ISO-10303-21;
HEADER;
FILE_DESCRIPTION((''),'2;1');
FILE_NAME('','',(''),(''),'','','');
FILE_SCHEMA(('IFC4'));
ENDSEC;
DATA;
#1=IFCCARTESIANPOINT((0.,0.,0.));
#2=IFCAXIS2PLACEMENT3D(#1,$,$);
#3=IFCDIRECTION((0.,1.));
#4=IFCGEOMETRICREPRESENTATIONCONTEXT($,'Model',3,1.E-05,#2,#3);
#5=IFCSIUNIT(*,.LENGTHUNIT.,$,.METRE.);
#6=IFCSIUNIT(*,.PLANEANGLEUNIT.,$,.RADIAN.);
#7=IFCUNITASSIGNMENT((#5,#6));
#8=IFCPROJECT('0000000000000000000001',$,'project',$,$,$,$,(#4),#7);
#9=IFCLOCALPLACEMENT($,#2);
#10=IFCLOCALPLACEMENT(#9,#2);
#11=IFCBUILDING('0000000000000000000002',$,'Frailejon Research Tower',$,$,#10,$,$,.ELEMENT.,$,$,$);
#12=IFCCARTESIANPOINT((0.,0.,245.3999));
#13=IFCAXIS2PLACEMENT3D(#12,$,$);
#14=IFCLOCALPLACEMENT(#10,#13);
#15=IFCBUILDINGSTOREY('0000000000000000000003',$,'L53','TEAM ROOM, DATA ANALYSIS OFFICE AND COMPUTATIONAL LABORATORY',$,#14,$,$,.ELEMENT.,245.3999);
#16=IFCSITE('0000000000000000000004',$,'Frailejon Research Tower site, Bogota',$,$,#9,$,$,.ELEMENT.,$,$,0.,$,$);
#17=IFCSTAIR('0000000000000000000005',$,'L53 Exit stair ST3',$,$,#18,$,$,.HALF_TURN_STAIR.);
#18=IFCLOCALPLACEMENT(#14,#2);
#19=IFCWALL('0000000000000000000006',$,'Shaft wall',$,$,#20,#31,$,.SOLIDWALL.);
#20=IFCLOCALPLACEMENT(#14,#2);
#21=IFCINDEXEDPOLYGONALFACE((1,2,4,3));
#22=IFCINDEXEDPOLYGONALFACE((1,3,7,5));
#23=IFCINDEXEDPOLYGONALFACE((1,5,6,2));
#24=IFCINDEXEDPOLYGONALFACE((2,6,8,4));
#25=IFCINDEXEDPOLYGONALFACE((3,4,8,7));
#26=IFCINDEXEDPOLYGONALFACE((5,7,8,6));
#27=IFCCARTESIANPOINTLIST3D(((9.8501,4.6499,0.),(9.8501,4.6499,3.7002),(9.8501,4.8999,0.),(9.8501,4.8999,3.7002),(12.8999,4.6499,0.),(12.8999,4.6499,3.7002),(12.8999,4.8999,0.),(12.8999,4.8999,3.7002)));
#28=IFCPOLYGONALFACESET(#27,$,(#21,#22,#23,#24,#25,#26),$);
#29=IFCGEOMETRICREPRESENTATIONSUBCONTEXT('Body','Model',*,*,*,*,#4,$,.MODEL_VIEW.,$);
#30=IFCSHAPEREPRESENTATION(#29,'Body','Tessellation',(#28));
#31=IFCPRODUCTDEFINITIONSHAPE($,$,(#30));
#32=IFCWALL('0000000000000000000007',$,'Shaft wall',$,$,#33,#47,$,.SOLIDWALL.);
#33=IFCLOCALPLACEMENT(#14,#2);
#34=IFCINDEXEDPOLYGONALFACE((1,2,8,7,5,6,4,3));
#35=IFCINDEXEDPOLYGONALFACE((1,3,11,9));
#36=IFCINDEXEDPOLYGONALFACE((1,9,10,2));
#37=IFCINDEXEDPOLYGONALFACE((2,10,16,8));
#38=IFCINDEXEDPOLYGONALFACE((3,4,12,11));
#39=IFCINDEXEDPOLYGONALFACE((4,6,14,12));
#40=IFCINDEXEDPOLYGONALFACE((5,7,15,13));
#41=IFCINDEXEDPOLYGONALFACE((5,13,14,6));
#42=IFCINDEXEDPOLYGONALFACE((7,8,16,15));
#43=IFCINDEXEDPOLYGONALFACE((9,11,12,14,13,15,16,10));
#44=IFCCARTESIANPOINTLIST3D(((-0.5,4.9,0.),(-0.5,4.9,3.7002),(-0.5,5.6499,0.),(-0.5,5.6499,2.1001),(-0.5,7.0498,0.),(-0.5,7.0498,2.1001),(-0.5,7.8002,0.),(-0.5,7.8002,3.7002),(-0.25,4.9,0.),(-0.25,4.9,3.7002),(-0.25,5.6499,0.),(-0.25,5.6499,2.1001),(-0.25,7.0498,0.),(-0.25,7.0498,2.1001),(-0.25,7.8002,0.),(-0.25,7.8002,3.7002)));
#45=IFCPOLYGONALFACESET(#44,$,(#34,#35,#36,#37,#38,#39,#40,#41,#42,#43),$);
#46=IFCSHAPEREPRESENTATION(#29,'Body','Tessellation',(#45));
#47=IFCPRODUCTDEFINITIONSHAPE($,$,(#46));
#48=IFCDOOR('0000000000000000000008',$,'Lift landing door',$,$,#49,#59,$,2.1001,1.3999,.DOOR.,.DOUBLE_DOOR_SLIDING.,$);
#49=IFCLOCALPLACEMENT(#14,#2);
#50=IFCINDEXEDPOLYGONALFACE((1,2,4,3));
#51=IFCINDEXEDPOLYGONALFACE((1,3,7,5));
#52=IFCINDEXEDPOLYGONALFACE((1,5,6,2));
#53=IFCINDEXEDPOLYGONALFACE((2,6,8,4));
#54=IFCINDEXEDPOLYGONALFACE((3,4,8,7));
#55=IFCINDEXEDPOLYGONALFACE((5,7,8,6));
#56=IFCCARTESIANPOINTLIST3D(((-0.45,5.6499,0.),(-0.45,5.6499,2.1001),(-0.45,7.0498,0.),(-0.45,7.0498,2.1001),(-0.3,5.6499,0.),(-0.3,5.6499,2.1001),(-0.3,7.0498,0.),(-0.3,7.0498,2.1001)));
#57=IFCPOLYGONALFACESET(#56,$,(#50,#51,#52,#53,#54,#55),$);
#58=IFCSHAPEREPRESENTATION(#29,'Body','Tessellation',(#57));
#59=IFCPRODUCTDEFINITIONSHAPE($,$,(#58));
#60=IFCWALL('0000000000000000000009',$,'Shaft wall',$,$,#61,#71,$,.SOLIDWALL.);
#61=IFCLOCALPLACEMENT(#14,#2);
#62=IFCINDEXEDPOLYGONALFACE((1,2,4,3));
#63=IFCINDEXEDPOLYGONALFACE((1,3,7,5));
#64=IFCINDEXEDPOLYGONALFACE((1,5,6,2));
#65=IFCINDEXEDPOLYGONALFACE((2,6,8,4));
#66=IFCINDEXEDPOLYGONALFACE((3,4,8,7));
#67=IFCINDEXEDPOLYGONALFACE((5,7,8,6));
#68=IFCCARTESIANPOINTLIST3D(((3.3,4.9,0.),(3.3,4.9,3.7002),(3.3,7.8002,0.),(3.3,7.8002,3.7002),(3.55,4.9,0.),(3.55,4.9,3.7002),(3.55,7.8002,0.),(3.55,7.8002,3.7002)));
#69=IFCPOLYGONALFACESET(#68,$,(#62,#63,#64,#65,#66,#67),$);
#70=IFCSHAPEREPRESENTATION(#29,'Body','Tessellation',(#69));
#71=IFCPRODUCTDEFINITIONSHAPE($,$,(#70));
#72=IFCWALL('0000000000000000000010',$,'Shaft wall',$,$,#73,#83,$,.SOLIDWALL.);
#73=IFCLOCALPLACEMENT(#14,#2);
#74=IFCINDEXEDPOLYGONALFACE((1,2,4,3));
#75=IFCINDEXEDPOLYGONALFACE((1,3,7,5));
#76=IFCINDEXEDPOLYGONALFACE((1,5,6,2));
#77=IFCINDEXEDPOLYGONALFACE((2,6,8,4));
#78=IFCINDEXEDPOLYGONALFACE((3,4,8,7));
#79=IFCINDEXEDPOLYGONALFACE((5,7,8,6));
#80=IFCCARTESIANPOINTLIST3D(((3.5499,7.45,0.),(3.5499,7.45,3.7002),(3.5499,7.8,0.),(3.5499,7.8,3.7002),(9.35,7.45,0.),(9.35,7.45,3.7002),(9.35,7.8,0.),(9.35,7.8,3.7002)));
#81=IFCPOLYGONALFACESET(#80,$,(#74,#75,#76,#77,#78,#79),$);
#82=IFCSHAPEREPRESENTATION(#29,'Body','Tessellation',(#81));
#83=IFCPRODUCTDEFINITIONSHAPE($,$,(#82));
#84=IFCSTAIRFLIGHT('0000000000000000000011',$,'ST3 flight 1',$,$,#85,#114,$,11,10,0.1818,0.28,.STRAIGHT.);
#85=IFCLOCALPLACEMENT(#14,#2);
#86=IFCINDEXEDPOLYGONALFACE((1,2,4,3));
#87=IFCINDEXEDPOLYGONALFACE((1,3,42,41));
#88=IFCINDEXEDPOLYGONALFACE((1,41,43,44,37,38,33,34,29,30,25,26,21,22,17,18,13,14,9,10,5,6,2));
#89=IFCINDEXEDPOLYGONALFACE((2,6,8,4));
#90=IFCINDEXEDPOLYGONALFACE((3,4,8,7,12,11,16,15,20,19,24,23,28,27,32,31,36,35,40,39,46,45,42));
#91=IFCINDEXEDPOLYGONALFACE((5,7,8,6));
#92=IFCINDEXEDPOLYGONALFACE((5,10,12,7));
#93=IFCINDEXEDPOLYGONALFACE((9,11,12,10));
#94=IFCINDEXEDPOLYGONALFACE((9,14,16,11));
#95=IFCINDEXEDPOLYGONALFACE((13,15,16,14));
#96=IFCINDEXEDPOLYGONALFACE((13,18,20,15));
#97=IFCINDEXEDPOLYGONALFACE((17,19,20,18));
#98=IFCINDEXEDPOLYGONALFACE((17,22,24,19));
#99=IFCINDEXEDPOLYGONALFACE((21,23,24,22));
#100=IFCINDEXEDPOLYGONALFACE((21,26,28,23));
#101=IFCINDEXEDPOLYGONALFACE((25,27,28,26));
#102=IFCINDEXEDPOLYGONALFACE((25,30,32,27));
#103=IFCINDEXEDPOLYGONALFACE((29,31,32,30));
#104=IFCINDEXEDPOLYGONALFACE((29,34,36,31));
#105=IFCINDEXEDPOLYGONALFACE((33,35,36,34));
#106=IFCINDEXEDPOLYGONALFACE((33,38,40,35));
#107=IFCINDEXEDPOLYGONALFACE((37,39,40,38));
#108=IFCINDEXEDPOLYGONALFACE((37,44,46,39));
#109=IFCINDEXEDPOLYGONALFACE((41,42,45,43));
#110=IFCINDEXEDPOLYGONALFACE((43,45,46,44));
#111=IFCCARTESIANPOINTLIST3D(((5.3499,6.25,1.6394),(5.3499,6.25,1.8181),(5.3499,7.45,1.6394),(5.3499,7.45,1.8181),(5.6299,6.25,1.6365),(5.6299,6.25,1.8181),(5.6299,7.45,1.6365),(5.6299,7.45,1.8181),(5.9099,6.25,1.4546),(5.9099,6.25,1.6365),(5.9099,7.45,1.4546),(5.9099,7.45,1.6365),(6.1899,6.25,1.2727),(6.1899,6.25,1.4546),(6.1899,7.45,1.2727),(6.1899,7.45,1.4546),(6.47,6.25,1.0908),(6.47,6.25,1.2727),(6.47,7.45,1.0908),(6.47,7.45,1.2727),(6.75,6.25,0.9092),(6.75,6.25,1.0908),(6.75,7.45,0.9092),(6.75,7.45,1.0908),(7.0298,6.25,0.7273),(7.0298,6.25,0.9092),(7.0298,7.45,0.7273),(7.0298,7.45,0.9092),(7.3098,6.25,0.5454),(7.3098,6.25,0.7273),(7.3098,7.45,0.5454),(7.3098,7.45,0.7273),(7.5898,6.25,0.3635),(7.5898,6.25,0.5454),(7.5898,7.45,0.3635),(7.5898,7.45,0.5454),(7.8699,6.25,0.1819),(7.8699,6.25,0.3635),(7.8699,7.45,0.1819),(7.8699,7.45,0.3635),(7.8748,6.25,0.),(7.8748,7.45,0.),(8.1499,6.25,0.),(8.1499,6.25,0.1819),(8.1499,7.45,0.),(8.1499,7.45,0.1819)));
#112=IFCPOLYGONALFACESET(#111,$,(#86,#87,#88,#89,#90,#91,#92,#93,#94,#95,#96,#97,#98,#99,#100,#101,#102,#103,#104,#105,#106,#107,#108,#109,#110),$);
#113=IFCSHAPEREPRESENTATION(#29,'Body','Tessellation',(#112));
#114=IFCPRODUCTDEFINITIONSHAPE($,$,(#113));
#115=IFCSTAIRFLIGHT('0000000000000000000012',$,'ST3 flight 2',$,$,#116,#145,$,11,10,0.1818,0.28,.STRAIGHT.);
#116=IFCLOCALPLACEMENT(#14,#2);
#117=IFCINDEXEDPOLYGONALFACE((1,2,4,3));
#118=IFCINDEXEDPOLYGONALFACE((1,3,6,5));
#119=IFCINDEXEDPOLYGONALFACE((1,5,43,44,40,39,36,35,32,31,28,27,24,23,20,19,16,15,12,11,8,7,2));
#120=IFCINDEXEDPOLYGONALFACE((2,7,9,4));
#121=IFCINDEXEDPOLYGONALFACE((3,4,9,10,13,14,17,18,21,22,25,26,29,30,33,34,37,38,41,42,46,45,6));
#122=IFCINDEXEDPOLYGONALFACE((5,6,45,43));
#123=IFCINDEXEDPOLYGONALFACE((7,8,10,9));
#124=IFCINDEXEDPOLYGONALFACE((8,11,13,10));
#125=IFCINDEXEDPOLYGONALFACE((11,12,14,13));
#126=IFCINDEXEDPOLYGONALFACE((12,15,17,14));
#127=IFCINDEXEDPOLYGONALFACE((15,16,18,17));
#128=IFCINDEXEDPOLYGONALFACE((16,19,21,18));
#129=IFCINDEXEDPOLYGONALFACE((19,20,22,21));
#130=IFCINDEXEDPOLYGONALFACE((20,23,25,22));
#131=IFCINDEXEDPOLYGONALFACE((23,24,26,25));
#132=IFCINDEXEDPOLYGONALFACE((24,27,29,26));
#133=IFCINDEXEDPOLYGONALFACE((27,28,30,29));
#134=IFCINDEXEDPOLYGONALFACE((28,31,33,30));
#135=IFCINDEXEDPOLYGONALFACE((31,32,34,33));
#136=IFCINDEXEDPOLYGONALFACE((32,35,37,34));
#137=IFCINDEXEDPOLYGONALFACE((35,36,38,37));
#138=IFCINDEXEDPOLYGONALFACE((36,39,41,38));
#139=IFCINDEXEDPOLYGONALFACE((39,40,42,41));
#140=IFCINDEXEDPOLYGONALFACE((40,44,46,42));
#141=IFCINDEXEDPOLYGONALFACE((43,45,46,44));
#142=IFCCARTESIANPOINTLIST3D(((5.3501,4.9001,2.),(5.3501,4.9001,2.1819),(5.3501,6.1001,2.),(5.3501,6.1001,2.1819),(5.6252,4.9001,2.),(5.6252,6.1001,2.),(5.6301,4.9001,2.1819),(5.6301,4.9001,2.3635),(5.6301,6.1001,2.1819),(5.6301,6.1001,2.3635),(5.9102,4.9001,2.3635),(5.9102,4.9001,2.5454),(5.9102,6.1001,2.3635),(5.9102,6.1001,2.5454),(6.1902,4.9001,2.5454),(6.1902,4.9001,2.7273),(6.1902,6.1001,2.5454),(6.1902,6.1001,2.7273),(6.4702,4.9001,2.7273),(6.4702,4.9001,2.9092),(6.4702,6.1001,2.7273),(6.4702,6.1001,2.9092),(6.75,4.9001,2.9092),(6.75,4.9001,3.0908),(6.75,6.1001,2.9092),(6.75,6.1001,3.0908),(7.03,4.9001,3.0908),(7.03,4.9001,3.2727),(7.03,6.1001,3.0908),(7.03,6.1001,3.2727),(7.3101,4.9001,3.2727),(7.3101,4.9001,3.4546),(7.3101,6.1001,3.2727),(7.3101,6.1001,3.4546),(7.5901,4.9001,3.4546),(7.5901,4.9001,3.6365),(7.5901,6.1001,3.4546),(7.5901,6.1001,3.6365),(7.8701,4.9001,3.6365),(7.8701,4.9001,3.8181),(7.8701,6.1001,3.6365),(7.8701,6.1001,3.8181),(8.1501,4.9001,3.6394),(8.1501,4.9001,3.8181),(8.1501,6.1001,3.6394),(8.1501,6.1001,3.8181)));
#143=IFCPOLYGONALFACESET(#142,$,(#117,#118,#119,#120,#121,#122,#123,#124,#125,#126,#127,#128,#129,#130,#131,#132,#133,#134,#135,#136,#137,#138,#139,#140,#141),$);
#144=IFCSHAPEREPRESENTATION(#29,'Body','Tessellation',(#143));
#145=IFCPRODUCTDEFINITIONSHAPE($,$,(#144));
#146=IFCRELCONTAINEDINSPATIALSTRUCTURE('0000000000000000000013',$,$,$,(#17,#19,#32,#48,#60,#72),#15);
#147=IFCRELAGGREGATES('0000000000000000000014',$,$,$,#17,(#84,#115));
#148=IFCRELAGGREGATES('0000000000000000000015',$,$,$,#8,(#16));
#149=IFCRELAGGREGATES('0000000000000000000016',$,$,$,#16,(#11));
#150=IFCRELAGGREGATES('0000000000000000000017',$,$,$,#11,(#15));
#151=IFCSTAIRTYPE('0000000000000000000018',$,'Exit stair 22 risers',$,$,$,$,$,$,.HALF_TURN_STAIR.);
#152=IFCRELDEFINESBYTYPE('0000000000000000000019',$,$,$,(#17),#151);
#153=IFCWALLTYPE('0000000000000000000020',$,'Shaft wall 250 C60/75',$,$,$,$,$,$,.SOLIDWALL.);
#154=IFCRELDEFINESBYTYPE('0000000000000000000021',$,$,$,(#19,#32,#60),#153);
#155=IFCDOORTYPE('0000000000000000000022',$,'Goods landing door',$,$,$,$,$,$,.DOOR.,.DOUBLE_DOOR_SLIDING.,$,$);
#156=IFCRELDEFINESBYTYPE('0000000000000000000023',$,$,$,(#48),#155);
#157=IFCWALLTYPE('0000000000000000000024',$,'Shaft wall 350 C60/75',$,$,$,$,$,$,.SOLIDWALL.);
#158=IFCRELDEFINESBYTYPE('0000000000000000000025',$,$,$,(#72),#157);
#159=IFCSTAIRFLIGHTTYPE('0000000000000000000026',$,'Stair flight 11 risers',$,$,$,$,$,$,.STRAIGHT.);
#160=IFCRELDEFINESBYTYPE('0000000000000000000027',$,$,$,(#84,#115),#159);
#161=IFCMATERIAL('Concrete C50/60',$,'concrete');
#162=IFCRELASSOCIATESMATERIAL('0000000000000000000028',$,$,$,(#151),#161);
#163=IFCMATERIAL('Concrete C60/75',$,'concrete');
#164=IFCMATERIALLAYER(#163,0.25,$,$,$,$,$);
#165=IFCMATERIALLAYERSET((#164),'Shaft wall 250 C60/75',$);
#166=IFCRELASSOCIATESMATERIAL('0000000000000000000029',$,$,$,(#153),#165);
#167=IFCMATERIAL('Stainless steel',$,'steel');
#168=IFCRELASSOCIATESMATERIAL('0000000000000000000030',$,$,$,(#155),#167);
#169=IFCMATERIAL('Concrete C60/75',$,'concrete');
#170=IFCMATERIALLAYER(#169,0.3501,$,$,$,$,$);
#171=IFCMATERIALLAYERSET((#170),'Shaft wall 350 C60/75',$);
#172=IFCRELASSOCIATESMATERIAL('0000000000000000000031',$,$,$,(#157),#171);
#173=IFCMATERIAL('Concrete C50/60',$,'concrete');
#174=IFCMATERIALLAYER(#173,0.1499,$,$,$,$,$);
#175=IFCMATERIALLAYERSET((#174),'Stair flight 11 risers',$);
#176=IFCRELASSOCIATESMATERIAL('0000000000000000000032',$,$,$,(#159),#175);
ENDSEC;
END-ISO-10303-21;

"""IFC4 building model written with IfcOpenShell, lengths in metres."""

from ifc_helpers import new_model, si_unit, direction, frame, frame_2d, origin, place, context, subcontext, project, spatial, polyline, rectangle, outline, extrude, material, layer, layer_set, type_object, element, fill, aggregate, save


model = new_model("IFC4")

# Units and contexts
model_context = context("Model", 3, precision=1e-05, world=origin(), true_north=direction((0.0, 1.0)))
body_context = subcontext(model_context, "Body", "Model", "MODEL_VIEW")
ifc_project = project(units=[si_unit("LENGTHUNIT", "METRE"), si_unit("PLANEANGLEUNIT", "RADIAN")], contexts=[model_context])

# Site, building, storey
site_placement = place(None, origin())
site = spatial("IfcSite", under=ifc_project, at=site_placement, Name="Frailejon Research Tower site, Bogota", CompositionType="ELEMENT", RefElevation=0.0)
building_placement = place(site_placement, origin())
building = spatial("IfcBuilding", under=site, at=building_placement, Name="Frailejon Research Tower", CompositionType="ELEMENT")
storey_placement = place(building_placement, frame((0.0, 0.0, 245.3999)))
storey = spatial("IfcBuildingStorey", under=building, at=storey_placement, Name="L53", Description="TEAM ROOM, DATA ANALYSIS OFFICE AND COMPUTATIONAL LABORATORY", CompositionType="ELEMENT", Elevation=245.3999)

# Stair
ifc_material_1 = material(Name="Concrete C50/60", Category="concrete")
stair_type = type_object("IfcStairType", Name="Exit stair 22 risers", PredefinedType="HALF_TURN_STAIR", material=ifc_material_1)
stair_1_placement = place(storey_placement, origin())
stair_1 = element("IfcStair", 1, at=stair_1_placement, inside=storey, type_object=stair_type, Name="L53 Exit stair ST3", PredefinedType="HALF_TURN_STAIR")

# Shared definitions
ifc_material_2 = material(Name="Concrete C60/75", Category="concrete")
ifc_layer_1 = layer(ifc_material_2, 0.25)
ifc_layer_set_1 = layer_set([ifc_layer_1], Name="Shaft wall 250 C60/75")
wall_type_1 = type_object("IfcWallType", Name="Shaft wall 250 C60/75", PredefinedType="SOLIDWALL", material=ifc_layer_set_1)

# Wall
wall_1_placement = place(storey_placement, frame((9.8501, 4.7749, 0.0), z_axis=(0.0, 0.0, 1.0), x_axis=(1.0, 0.0, 0.0)))
element("IfcWall", 2, at=wall_1_placement, inside=storey, type_object=wall_type_1, Name="Shaft wall", PredefinedType="SOLIDWALL", context=body_context, shape_type="SweptSolid", body=[
    extrude(rectangle(XDim=3.0498, YDim=0.25, at=frame_2d((1.5249, 0.0))), origin(), (0.0, 0.0, 1.0), 3.7002),
])

# Wall, opening, door
wall_2_placement = place(storey_placement, frame((-0.375, 4.8999, 0.0), z_axis=(0.0, 0.0, 1.0), x_axis=(0.0, 1.0, 0.0)))
wall_2 = element("IfcWall", 3, at=wall_2_placement, inside=storey, type_object=wall_type_1, Name="Shaft wall", PredefinedType="SOLIDWALL", context=body_context, shape_type="SweptSolid", body=[
    extrude(rectangle(XDim=2.9001, YDim=0.25, at=frame_2d((1.4502, 0.0))), origin(), (0.0, 0.0, 1.0), 3.7002),
])
opening_1_placement = place(wall_2_placement, frame((0.75, 0.0, 0.0)))
opening_1 = element("IfcOpeningElement", 4, at=opening_1_placement, cuts=wall_2, PredefinedType="OPENING", context=body_context, shape_type="SweptSolid", body=[
    extrude(rectangle(XDim=1.3999, YDim=2.1001, at=frame_2d((0.7, 1.05))), frame((0.0, 0.135, 0.0), z_axis=(0.0, -1.0, 0.0), x_axis=(1.0, 0.0, 0.0)), (0.0, 0.0, 1.0), 0.27),
])
ifc_material_3 = material(Name="Stainless steel", Category="steel")
door_type_1 = type_object("IfcDoorType", Name="Goods landing door", OperationType="DOUBLE_DOOR_SLIDING", PredefinedType="DOOR", material=ifc_material_3)
door_1_placement = place(opening_1_placement, origin())
door_1 = element("IfcDoor", 5, at=door_1_placement, inside=storey, type_object=door_type_1, Name="Lift landing door", OperationType="DOUBLE_DOOR_SLIDING", OverallHeight=2.1001, OverallWidth=1.3999, PredefinedType="DOOR", context=body_context, shape_type="SweptSolid", body=[
    extrude(rectangle(XDim=1.3999, YDim=2.1001, at=frame_2d((0.7, 1.05))), frame((0.0, 0.075, 0.0), z_axis=(0.0, -1.0, 0.0), x_axis=(1.0, 0.0, 0.0)), (0.0, 0.0, 1.0), 0.1499),
])
fill(opening_1, door_1)

# Walls
wall_3_placement = place(storey_placement, frame((3.425, 4.8999, 0.0), z_axis=(0.0, 0.0, 1.0), x_axis=(0.0, 1.0, 0.0)))
element("IfcWall", 6, at=wall_3_placement, inside=storey, type_object=wall_type_1, Name="Shaft wall", PredefinedType="SOLIDWALL", context=body_context, shape_type="SweptSolid", body=[
    extrude(rectangle(XDim=2.9001, YDim=0.25, at=frame_2d((1.4502, 0.0))), origin(), (0.0, 0.0, 1.0), 3.7002),
])
ifc_material_4 = material(Name="Concrete C60/75", Category="concrete")
ifc_layer_2 = layer(ifc_material_4, 0.3501)
ifc_layer_set_2 = layer_set([ifc_layer_2], Name="Shaft wall 350 C60/75")
wall_type_2 = type_object("IfcWallType", Name="Shaft wall 350 C60/75", PredefinedType="SOLIDWALL", material=ifc_layer_set_2)
wall_4_placement = place(storey_placement, frame((3.55, 7.625, 0.0), z_axis=(0.0, 0.0, 1.0), x_axis=(1.0, 0.0, 0.0)))
element("IfcWall", 7, at=wall_4_placement, inside=storey, type_object=wall_type_2, Name="Shaft wall", PredefinedType="SOLIDWALL", context=body_context, shape_type="SweptSolid", body=[
    extrude(rectangle(XDim=5.8, YDim=0.3501, at=frame_2d((2.8999, 0.0))), origin(), (0.0, 0.0, 1.0), 3.7002),
])

# Stair flights
ifc_material_5 = material(Name="Concrete C50/60", Category="concrete")
ifc_layer_3 = layer(ifc_material_5, 0.1499)
ifc_layer_set_3 = layer_set([ifc_layer_3], Name="Stair flight 11 risers")
stair_flight_type = type_object("IfcStairFlightType", Name="Stair flight 11 risers", PredefinedType="STRAIGHT", material=ifc_layer_set_3)
stair_flight_1_placement = place(storey_placement, frame((8.1499, 6.8501, 0.0), z_axis=(0.0, 0.0, 1.0), x_axis=(-1.0, 0.0, 0.0)))
stair_flight_1 = element("IfcStairFlight", 8, at=stair_flight_1_placement, type_object=stair_flight_type, Name="ST3 flight 1", NumberOfRisers=11, NumberOfTreads=10, PredefinedType="STRAIGHT", RiserHeight=0.1818, TreadLength=0.28, context=body_context, shape_type="SweptSolid", body=[
    extrude(outline(polyline([(0.0, 0.0), (0.0, 0.1819), (0.28, 0.1819), (0.28, 0.3635), (0.5601, 0.3635), (0.5601, 0.5454), (0.8401, 0.5454), (0.8401, 0.7273), (1.1201, 0.7273), (1.1201, 0.9092), (1.3999, 0.9092), (1.3999, 1.0908), (1.6799, 1.0908), (1.6799, 1.2727), (1.96, 1.2727), (1.96, 1.4546), (2.24, 1.4546), (2.24, 1.6365), (2.52, 1.6365), (2.52, 1.8181), (2.8, 1.8181), (2.8, 2.0), (2.8, 1.6394), (0.2751, 0.0), (0.0, 0.0)])), frame((0.0, 0.6001, 0.0), z_axis=(0.0, -1.0, 0.0), x_axis=(1.0, 0.0, 0.0)), (0.0, 0.0, 1.0), 1.2),
])
stair_flight_2_placement = place(storey_placement, frame((5.3501, 5.5, 2.0), z_axis=(0.0, 0.0, 1.0), x_axis=(1.0, 0.0, 0.0)))
stair_flight_2 = element("IfcStairFlight", 9, at=stair_flight_2_placement, type_object=stair_flight_type, Name="ST3 flight 2", NumberOfRisers=11, NumberOfTreads=10, PredefinedType="STRAIGHT", RiserHeight=0.1818, TreadLength=0.28, context=body_context, shape_type="SweptSolid", body=[
    extrude(outline(polyline([(0.0, 0.0), (0.0, 0.1819), (0.28, 0.1819), (0.28, 0.3635), (0.5601, 0.3635), (0.5601, 0.5454), (0.8401, 0.5454), (0.8401, 0.7273), (1.1201, 0.7273), (1.1201, 0.9092), (1.3999, 0.9092), (1.3999, 1.0908), (1.6799, 1.0908), (1.6799, 1.2727), (1.96, 1.2727), (1.96, 1.4546), (2.24, 1.4546), (2.24, 1.6365), (2.52, 1.6365), (2.52, 1.8181), (2.8, 1.8181), (2.8, 2.0), (2.8, 1.6394), (0.2751, 0.0), (0.0, 0.0)])), frame((0.0, 0.6001, 0.0), z_axis=(0.0, -1.0, 0.0), x_axis=(1.0, 0.0, 0.0)), (0.0, 0.0, 1.0), 1.2),
])
aggregate(stair_1, [stair_flight_1, stair_flight_2])

save(model, "model.ifc")
